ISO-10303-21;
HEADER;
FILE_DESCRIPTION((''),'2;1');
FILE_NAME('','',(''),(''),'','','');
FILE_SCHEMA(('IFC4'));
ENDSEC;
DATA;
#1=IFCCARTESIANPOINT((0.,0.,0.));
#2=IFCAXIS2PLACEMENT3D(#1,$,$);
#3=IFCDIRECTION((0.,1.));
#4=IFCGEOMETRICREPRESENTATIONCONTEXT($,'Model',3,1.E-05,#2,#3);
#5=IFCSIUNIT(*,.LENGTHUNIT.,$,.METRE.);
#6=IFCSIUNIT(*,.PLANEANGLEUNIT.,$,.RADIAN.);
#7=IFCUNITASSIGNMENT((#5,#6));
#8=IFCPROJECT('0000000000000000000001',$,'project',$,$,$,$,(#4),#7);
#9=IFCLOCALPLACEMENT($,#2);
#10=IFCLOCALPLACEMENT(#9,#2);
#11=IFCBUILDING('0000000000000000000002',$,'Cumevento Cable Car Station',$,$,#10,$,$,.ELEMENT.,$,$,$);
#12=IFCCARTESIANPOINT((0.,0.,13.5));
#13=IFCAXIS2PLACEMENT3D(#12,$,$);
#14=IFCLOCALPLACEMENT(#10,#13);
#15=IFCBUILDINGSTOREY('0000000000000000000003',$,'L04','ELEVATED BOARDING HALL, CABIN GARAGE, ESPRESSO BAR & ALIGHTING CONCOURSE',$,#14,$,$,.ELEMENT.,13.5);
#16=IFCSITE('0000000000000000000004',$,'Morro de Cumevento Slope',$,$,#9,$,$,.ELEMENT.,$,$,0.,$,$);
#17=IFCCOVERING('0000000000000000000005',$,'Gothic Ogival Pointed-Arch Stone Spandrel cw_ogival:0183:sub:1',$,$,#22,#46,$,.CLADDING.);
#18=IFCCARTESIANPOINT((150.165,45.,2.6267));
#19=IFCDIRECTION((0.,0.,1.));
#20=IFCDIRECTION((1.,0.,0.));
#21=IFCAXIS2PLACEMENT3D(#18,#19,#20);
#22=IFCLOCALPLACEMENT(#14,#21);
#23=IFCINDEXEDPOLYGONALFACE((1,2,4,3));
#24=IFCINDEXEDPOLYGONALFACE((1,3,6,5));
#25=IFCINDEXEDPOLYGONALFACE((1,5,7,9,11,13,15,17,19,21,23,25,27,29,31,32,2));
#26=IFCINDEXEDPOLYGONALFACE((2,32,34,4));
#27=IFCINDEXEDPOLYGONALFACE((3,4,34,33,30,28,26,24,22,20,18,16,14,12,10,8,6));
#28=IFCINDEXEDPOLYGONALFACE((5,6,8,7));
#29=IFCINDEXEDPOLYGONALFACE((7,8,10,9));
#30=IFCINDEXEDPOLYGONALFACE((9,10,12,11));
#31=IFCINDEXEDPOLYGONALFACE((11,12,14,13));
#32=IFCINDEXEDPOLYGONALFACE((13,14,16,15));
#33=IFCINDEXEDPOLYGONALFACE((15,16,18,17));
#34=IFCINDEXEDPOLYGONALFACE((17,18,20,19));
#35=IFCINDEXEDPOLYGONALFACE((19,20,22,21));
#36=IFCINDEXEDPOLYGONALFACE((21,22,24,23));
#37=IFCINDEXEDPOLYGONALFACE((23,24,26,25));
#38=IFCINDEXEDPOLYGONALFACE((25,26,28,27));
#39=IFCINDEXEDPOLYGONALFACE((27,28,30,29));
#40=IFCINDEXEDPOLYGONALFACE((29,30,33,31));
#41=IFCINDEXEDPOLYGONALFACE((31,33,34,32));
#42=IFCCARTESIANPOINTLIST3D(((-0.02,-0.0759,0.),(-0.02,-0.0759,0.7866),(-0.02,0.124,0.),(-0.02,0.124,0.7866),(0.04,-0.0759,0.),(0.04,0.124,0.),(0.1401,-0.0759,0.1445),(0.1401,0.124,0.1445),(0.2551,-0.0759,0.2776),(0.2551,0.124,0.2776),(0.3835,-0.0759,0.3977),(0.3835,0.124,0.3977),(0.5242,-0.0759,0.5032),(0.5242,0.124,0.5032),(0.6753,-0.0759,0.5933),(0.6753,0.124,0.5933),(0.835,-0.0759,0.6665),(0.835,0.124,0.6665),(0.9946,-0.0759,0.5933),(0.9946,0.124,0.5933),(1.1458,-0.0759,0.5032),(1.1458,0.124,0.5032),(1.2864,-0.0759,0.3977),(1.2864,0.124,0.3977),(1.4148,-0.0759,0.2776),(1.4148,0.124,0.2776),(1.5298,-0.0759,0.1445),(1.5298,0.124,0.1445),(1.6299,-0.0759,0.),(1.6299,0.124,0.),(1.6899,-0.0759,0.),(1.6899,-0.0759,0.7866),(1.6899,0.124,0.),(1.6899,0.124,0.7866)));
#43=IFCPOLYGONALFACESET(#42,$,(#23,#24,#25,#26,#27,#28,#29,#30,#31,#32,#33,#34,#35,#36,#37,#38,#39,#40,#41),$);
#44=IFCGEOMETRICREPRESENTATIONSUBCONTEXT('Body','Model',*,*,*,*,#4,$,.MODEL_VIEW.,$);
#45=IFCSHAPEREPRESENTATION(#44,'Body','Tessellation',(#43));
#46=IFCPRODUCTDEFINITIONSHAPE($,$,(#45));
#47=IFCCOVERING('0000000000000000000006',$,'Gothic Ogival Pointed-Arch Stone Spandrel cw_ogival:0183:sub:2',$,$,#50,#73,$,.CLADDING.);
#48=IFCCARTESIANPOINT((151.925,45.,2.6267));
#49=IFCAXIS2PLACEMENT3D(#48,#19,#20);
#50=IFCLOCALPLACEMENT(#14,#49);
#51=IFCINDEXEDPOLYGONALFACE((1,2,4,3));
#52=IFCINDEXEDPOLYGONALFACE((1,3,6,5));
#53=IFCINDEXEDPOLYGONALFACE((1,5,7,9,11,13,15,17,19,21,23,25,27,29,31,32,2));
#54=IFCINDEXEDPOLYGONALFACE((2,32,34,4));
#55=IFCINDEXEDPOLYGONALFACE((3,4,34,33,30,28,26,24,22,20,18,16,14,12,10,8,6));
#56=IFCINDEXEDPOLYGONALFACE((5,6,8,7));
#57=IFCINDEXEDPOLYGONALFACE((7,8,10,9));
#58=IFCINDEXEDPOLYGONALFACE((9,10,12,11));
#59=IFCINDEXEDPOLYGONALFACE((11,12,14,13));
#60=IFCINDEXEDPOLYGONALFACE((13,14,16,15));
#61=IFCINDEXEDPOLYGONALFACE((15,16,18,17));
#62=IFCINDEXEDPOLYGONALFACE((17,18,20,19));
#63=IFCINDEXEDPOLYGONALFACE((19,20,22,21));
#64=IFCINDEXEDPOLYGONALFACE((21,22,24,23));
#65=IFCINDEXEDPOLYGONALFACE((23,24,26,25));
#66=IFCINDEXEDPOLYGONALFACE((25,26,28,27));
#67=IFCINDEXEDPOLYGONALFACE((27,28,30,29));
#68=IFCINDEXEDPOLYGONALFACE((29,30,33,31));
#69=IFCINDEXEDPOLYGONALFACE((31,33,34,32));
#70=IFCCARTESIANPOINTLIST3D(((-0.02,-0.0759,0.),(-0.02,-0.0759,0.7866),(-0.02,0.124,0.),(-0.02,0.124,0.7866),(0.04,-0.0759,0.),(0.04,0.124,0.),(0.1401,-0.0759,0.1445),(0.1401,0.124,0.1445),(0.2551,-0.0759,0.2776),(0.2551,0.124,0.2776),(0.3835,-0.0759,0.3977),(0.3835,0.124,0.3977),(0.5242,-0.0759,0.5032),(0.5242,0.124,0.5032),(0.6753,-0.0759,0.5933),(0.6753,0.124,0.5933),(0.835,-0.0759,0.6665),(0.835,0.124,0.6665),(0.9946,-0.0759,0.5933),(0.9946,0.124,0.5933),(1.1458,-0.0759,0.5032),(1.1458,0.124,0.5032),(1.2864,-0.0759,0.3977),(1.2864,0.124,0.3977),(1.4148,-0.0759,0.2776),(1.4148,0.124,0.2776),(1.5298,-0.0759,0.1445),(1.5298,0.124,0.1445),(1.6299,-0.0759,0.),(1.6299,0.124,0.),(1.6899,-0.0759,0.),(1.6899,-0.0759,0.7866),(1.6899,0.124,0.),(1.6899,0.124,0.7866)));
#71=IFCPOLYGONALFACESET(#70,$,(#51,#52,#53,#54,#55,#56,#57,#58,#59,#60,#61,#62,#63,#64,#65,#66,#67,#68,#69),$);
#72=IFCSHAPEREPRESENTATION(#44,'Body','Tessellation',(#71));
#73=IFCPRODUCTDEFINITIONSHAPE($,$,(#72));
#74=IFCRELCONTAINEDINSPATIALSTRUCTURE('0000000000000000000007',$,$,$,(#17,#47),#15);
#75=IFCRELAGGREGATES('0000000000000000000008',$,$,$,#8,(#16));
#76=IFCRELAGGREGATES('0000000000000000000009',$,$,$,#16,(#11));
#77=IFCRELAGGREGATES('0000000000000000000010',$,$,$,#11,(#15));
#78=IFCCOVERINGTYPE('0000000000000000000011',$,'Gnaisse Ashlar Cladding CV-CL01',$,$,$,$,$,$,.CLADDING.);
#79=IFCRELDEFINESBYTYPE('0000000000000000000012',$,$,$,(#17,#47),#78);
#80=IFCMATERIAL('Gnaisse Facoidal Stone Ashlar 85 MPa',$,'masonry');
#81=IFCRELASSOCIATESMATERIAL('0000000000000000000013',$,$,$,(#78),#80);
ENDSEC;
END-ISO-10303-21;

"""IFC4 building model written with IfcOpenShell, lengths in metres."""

from ifc_helpers import new_model, si_unit, direction, frame, origin, place, context, subcontext, project, spatial, polyline, outline, extrude, material, type_object, element, save


model = new_model("IFC4")

# Units and contexts
model_context = context("Model", 3, precision=1e-05, world=origin(), true_north=direction((0.0, 1.0)))
body_context = subcontext(model_context, "Body", "Model", "MODEL_VIEW")
ifc_project = project(units=[si_unit("LENGTHUNIT", "METRE"), si_unit("PLANEANGLEUNIT", "RADIAN")], contexts=[model_context])

# Site, building, storey
site_placement = place(None, origin())
site = spatial("IfcSite", under=ifc_project, at=site_placement, Name="Morro de Cumevento Slope", CompositionType="ELEMENT", RefElevation=0.0)
building_placement = place(site_placement, origin())
building = spatial("IfcBuilding", under=site, at=building_placement, Name="Cumevento Cable Car Station", CompositionType="ELEMENT")
storey_placement = place(building_placement, frame((0.0, 0.0, 13.5)))
storey = spatial("IfcBuildingStorey", under=building, at=storey_placement, Name="L04", Description="ELEVATED BOARDING HALL, CABIN GARAGE, ESPRESSO BAR & ALIGHTING CONCOURSE", CompositionType="ELEMENT", Elevation=13.5)

# Coverings
ifc_material_1 = material(Name="Gnaisse Facoidal Stone Ashlar 85 MPa", Category="masonry")
covering_type = type_object("IfcCoveringType", Name="Gnaisse Ashlar Cladding CV-CL01", PredefinedType="CLADDING", material=ifc_material_1)
for number, where, z_axis, x_axis, name in (
    (1, (150.165, 45.0, 2.6267), (0.0, 0.0, 1.0), (1.0, 0.0, 0.0), "Gothic Ogival Pointed-Arch Stone Spandrel cw_ogival:0183:sub:1"),
    (2, (151.925, 45.0, 2.6267), (0.0, 0.0, 1.0), (1.0, 0.0, 0.0), "Gothic Ogival Pointed-Arch Stone Spandrel cw_ogival:0183:sub:2"),
):
    element("IfcCovering", number, at=place(storey_placement, frame(where, z_axis=z_axis, x_axis=x_axis)), inside=storey, type_object=covering_type, Name=name, PredefinedType="CLADDING", context=body_context, shape_type="SweptSolid", body=[
        extrude(outline(polyline([(-0.02, 0.0), (-0.02, 0.7866), (1.6899, 0.7866), (1.6899, 0.0), (1.6299, 0.0), (1.5298, 0.1445), (1.4148, 0.2776), (1.2864, 0.3977), (1.1458, 0.5032), (0.9946, 0.5933), (0.835, 0.6665), (0.6753, 0.5933), (0.5242, 0.5032), (0.3835, 0.3977), (0.2551, 0.2776), (0.1401, 0.1445), (0.04, 0.0), (-0.02, 0.0)])), frame((0.0, 0.124, 0.0), z_axis=(0.0, -1.0, 0.0), x_axis=(1.0, 0.0, 0.0)), (0.0, 0.0, 1.0), 0.2),
    ])

save(model, "model.ifc")
